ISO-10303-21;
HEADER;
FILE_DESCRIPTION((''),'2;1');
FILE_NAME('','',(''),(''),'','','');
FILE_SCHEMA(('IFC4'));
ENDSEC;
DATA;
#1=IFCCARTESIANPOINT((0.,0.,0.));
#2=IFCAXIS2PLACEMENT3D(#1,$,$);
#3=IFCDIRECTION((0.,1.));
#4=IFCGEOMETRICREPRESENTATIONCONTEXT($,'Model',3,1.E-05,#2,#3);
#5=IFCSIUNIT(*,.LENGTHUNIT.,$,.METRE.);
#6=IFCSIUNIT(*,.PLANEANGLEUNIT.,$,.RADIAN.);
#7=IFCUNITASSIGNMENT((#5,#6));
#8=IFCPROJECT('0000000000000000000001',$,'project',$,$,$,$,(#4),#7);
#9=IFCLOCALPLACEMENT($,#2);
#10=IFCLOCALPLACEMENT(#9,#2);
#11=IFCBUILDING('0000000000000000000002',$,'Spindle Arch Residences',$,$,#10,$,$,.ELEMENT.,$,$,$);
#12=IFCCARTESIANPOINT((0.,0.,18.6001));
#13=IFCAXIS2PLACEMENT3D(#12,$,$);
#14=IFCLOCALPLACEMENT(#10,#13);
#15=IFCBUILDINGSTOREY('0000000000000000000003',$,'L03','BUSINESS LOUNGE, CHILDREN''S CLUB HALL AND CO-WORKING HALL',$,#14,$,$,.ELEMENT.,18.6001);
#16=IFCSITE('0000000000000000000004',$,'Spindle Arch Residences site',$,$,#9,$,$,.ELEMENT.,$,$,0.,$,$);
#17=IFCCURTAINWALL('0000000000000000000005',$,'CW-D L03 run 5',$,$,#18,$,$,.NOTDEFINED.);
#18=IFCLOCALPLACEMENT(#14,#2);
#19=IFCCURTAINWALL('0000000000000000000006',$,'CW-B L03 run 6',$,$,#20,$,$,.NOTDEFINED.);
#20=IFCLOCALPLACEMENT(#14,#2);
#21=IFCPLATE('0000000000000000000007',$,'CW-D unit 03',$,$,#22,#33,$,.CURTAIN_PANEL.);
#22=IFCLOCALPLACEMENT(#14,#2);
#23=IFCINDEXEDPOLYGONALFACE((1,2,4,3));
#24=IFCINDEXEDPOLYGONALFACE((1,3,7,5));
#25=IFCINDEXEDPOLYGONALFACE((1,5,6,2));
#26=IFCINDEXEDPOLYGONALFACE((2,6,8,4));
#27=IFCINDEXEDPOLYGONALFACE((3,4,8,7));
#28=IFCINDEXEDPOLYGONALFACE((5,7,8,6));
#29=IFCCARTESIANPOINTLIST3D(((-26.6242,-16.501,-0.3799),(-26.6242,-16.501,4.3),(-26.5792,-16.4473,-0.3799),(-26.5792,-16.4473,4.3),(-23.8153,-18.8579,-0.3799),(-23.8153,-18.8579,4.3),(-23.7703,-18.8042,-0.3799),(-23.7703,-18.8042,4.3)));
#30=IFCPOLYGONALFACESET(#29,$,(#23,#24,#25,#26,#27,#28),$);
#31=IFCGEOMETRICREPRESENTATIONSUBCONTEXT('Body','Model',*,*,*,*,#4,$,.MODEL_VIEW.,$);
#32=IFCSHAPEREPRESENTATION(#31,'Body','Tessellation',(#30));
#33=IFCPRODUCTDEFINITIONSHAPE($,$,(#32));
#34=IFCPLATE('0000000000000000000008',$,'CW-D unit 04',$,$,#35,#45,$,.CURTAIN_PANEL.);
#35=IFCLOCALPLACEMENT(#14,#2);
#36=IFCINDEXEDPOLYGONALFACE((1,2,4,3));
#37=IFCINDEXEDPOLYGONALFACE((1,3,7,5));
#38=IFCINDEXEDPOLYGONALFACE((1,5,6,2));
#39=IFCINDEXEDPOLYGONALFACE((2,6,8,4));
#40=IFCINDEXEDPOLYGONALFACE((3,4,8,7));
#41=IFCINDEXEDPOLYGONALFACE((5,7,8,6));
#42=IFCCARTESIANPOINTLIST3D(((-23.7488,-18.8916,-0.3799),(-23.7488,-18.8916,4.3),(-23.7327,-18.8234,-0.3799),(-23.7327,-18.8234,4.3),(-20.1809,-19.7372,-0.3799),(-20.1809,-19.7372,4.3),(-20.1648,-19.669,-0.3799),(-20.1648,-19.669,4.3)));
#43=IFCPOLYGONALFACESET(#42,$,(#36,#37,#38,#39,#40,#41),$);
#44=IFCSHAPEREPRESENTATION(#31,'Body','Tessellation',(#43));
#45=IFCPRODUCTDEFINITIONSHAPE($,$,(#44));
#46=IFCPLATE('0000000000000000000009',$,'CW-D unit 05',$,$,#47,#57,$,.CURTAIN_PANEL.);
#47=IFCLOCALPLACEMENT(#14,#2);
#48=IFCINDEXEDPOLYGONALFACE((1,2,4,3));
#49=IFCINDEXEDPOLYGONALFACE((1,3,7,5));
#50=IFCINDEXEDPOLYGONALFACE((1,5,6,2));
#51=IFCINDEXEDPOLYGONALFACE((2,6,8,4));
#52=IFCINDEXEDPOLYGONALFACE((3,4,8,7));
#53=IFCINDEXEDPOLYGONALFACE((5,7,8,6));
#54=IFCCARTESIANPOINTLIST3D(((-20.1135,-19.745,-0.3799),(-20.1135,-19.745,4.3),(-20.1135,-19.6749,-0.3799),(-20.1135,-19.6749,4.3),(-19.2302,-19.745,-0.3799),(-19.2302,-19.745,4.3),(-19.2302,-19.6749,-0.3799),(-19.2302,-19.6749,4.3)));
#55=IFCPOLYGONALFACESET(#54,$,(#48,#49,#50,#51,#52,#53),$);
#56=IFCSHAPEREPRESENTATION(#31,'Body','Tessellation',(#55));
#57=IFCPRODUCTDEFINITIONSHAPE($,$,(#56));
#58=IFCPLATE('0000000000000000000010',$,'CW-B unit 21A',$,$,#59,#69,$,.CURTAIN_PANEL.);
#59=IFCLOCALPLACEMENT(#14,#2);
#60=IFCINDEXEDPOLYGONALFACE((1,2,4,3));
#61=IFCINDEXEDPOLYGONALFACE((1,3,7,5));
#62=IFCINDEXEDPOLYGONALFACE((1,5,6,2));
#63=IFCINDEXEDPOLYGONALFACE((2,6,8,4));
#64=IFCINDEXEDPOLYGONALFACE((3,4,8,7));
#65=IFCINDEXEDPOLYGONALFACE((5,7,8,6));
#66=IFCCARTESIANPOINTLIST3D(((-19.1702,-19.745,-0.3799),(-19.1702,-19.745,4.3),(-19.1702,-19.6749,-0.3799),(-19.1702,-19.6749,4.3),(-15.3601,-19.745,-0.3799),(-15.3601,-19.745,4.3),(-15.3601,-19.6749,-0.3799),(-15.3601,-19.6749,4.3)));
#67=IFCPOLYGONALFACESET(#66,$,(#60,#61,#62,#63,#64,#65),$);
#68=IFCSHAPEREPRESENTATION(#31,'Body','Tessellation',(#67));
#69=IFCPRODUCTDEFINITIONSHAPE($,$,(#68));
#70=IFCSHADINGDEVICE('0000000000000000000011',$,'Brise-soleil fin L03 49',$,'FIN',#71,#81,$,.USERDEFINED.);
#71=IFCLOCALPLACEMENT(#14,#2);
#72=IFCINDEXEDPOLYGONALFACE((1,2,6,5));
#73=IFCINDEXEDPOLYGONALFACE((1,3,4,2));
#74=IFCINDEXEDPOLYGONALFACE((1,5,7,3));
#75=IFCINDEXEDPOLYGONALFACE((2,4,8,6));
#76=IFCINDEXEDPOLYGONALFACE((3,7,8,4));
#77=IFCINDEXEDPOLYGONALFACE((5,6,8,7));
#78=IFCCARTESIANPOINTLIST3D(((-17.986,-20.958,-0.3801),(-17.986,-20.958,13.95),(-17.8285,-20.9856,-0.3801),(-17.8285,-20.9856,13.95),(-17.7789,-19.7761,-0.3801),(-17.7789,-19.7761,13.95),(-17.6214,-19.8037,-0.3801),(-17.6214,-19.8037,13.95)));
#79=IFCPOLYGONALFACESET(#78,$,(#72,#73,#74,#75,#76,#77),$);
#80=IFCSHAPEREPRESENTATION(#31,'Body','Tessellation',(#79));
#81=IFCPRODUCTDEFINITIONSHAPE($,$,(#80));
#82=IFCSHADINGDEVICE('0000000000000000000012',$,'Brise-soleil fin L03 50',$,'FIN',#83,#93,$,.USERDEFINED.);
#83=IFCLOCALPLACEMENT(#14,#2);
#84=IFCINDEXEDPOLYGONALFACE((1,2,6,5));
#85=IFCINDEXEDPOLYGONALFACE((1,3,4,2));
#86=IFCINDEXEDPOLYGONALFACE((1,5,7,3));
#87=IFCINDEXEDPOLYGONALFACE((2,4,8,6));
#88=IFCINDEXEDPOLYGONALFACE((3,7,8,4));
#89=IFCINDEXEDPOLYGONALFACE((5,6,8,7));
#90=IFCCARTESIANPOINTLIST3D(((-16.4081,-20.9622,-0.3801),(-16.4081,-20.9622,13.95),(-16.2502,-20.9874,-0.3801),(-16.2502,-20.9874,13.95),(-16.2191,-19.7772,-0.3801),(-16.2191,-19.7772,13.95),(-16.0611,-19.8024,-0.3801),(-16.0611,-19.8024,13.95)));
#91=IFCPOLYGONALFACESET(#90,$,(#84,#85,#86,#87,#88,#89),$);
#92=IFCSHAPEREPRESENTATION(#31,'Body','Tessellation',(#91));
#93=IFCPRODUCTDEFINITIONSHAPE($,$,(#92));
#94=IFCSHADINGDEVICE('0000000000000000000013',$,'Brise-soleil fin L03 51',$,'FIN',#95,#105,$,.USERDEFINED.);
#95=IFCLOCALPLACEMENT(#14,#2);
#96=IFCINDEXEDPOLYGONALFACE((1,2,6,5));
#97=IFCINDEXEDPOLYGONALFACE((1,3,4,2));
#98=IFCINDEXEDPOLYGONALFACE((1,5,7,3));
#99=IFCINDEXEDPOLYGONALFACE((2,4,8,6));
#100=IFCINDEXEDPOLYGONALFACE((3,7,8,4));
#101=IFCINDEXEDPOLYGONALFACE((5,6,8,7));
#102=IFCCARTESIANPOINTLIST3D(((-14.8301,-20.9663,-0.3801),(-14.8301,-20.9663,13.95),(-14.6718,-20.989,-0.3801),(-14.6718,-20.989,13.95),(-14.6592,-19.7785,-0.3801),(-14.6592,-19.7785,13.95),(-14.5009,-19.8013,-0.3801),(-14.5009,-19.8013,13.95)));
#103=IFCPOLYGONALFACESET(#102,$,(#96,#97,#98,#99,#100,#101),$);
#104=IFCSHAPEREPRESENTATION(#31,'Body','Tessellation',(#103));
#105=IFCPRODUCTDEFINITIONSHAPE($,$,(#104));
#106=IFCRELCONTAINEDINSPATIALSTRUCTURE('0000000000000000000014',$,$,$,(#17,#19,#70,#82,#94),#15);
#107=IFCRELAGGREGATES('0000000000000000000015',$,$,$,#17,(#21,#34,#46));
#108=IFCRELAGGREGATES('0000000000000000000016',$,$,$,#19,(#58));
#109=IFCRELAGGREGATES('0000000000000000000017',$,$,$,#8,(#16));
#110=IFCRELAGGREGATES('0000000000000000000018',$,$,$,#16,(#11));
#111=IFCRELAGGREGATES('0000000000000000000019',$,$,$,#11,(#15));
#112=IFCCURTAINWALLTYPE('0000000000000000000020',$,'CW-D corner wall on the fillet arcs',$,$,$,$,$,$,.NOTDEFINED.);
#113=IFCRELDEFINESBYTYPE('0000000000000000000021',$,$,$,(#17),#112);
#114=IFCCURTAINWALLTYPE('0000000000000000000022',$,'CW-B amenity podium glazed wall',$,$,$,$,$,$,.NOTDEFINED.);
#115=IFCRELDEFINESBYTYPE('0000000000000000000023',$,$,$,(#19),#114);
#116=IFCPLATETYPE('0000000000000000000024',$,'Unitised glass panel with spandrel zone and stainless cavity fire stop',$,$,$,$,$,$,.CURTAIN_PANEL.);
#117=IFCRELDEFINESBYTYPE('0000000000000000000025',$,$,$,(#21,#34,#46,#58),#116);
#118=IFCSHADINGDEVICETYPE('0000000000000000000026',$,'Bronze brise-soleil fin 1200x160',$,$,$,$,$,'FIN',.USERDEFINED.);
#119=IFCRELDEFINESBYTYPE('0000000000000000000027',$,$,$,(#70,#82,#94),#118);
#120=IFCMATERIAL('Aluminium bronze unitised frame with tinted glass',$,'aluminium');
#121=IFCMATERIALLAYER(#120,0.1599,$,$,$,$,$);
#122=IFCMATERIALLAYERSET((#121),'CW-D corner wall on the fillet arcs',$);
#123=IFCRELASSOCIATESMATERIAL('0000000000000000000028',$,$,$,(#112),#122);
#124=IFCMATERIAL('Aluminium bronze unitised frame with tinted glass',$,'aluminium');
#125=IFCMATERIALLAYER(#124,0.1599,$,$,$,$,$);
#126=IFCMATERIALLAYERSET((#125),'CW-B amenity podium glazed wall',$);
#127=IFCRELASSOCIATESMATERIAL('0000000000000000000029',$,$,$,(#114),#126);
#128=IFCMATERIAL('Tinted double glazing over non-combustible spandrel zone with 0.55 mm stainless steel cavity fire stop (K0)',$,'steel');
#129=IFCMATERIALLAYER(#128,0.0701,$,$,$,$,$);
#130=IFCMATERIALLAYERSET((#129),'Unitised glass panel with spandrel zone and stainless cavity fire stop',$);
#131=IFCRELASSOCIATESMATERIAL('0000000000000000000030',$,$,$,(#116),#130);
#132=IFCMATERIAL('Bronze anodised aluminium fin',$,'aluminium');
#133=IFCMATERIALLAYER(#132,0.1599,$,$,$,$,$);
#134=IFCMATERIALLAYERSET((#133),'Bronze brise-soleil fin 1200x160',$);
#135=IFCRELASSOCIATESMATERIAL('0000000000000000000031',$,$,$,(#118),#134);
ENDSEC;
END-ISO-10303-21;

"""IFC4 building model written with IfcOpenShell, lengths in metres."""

from ifc_helpers import new_model, si_unit, direction, frame, origin, origin_2d, place, context, subcontext, project, spatial, rectangle, extrude, material, layer, layer_set, type_object, element, aggregate, save


model = new_model("IFC4")

# Units and contexts
model_context = context("Model", 3, precision=1e-05, world=origin(), true_north=direction((0.0, 1.0)))
body_context = subcontext(model_context, "Body", "Model", "MODEL_VIEW")
ifc_project = project(units=[si_unit("LENGTHUNIT", "METRE"), si_unit("PLANEANGLEUNIT", "RADIAN")], contexts=[model_context])

# Site, building, storey
site_placement = place(None, origin())
site = spatial("IfcSite", under=ifc_project, at=site_placement, Name="Spindle Arch Residences site", CompositionType="ELEMENT", RefElevation=0.0)
building_placement = place(site_placement, origin())
building = spatial("IfcBuilding", under=site, at=building_placement, Name="Spindle Arch Residences", CompositionType="ELEMENT")
storey_placement = place(building_placement, frame((0.0, 0.0, 18.6001)))
storey = spatial("IfcBuildingStorey", under=building, at=storey_placement, Name="L03", Description="BUSINESS LOUNGE, CHILDREN'S CLUB HALL AND CO-WORKING HALL", CompositionType="ELEMENT", Elevation=18.6001)

# Curtain wall
ifc_material_1 = material(Name="Aluminium bronze unitised frame with tinted glass", Category="aluminium")
ifc_layer_1 = layer(ifc_material_1, 0.1599)
ifc_layer_set_1 = layer_set([ifc_layer_1], Name="CW-D corner wall on the fillet arcs")
curtain_wall_type_1 = type_object("IfcCurtainWallType", Name="CW-D corner wall on the fillet arcs", PredefinedType="NOTDEFINED", material=ifc_layer_set_1)
curtain_wall_1_placement = place(storey_placement, origin())
curtain_wall_1 = element("IfcCurtainWall", 1, at=curtain_wall_1_placement, inside=storey, type_object=curtain_wall_type_1, Name="CW-D L03 run 5", PredefinedType="NOTDEFINED")

# Curtain wall
ifc_material_2 = material(Name="Aluminium bronze unitised frame with tinted glass", Category="aluminium")
ifc_layer_2 = layer(ifc_material_2, 0.1599)
ifc_layer_set_2 = layer_set([ifc_layer_2], Name="CW-B amenity podium glazed wall")
curtain_wall_type_2 = type_object("IfcCurtainWallType", Name="CW-B amenity podium glazed wall", PredefinedType="NOTDEFINED", material=ifc_layer_set_2)
curtain_wall_2_placement = place(storey_placement, origin())
curtain_wall_2 = element("IfcCurtainWall", 2, at=curtain_wall_2_placement, inside=storey, type_object=curtain_wall_type_2, Name="CW-B L03 run 6", PredefinedType="NOTDEFINED")

# Plates
ifc_material_3 = material(Name="Tinted double glazing over non-combustible spandrel zone with 0.55 mm stainless steel cavity fire stop (K0)", Category="steel")
ifc_layer_3 = layer(ifc_material_3, 0.0701)
ifc_layer_set_3 = layer_set([ifc_layer_3], Name="Unitised glass panel with spandrel zone and stainless cavity fire stop")
plate_type = type_object("IfcPlateType", Name="Unitised glass panel with spandrel zone and stainless cavity fire stop", PredefinedType="CURTAIN_PANEL", material=ifc_layer_set_3)
plate_1_placement = place(storey_placement, frame((-25.1973, -17.6526, -0.3799), z_axis=(0.0, 0.0, 1.0), x_axis=(0.766044, -0.642788, 0.0)))
plate_1 = element("IfcPlate", 3, at=plate_1_placement, type_object=plate_type, Name="CW-D unit 03", PredefinedType="CURTAIN_PANEL", context=body_context, shape_type="SweptSolid", body=[
    extrude(rectangle(XDim=3.6667, YDim=0.0701, at=origin_2d()), origin(), (0.0, 0.0, 1.0), 4.6799),
])
plate_2_placement = place(storey_placement, frame((-21.9568, -19.2803, -0.3799), z_axis=(0.0, 0.0, 1.0), x_axis=(0.973045, -0.230616, 0.0)))
plate_2 = element("IfcPlate", 4, at=plate_2_placement, type_object=plate_type, Name="CW-D unit 04", PredefinedType="CURTAIN_PANEL", context=body_context, shape_type="SweptSolid", body=[
    extrude(rectangle(XDim=3.6667, YDim=0.0701, at=origin_2d()), origin(), (0.0, 0.0, 1.0), 4.6799),
])
plate_3_placement = place(storey_placement, frame((-19.6719, -19.71, -0.3799), z_axis=(0.0, 0.0, 1.0), x_axis=(1.0, 0.0, 0.0)))
plate_3 = element("IfcPlate", 5, at=plate_3_placement, type_object=plate_type, Name="CW-D unit 05", PredefinedType="CURTAIN_PANEL", context=body_context, shape_type="SweptSolid", body=[
    extrude(rectangle(XDim=0.8833, YDim=0.0701, at=origin_2d()), origin(), (0.0, 0.0, 1.0), 4.6799),
])
aggregate(curtain_wall_1, [plate_1, plate_2, plate_3])
plate_4_placement = place(storey_placement, frame((-17.2651, -19.71, -0.3799), z_axis=(0.0, 0.0, 1.0), x_axis=(1.0, 0.0, 0.0)))
plate_4 = element("IfcPlate", 6, at=plate_4_placement, type_object=plate_type, Name="CW-B unit 21A", PredefinedType="CURTAIN_PANEL", context=body_context, shape_type="SweptSolid", body=[
    extrude(rectangle(XDim=3.8101, YDim=0.0701, at=origin_2d()), origin(), (0.0, 0.0, 1.0), 4.6799),
])
aggregate(curtain_wall_2, [plate_4])

# Shading devices
ifc_material_4 = material(Name="Bronze anodised aluminium fin", Category="aluminium")
ifc_layer_4 = layer(ifc_material_4, 0.1599)
ifc_layer_set_4 = layer_set([ifc_layer_4], Name="Bronze brise-soleil fin 1200x160")
shading_device_type = type_object("IfcShadingDeviceType", Name="Bronze brise-soleil fin 1200x160", ElementType="FIN", PredefinedType="USERDEFINED", material=ifc_layer_set_4)
for number, where, z_axis, x_axis, name in (
    (7, (-17.8037, -20.3809, -0.3801), (0.0, 0.0, 1.0), (-0.172612, -0.98499, 0.0), "Brise-soleil fin L03 49"),
    (8, (-16.2346, -20.3823, -0.3801), (0.0, 0.0, 1.0), (-0.157532, -0.987514, 0.0), "Brise-soleil fin L03 50"),
    (9, (-14.6655, -20.3838, -0.3801), (0.0, 0.0, 1.0), (-0.142415, -0.989807, 0.0), "Brise-soleil fin L03 51"),
):
    element("IfcShadingDevice", number, at=place(storey_placement, frame(where, z_axis=z_axis, x_axis=x_axis)), inside=storey, type_object=shading_device_type, Name=name, ObjectType="FIN", PredefinedType="USERDEFINED", context=body_context, shape_type="SweptSolid", body=[
        extrude(rectangle(XDim=1.2, YDim=0.1599, at=origin_2d()), origin(), (0.0, 0.0, 1.0), 14.3301),
    ])

save(model, "model.ifc")
